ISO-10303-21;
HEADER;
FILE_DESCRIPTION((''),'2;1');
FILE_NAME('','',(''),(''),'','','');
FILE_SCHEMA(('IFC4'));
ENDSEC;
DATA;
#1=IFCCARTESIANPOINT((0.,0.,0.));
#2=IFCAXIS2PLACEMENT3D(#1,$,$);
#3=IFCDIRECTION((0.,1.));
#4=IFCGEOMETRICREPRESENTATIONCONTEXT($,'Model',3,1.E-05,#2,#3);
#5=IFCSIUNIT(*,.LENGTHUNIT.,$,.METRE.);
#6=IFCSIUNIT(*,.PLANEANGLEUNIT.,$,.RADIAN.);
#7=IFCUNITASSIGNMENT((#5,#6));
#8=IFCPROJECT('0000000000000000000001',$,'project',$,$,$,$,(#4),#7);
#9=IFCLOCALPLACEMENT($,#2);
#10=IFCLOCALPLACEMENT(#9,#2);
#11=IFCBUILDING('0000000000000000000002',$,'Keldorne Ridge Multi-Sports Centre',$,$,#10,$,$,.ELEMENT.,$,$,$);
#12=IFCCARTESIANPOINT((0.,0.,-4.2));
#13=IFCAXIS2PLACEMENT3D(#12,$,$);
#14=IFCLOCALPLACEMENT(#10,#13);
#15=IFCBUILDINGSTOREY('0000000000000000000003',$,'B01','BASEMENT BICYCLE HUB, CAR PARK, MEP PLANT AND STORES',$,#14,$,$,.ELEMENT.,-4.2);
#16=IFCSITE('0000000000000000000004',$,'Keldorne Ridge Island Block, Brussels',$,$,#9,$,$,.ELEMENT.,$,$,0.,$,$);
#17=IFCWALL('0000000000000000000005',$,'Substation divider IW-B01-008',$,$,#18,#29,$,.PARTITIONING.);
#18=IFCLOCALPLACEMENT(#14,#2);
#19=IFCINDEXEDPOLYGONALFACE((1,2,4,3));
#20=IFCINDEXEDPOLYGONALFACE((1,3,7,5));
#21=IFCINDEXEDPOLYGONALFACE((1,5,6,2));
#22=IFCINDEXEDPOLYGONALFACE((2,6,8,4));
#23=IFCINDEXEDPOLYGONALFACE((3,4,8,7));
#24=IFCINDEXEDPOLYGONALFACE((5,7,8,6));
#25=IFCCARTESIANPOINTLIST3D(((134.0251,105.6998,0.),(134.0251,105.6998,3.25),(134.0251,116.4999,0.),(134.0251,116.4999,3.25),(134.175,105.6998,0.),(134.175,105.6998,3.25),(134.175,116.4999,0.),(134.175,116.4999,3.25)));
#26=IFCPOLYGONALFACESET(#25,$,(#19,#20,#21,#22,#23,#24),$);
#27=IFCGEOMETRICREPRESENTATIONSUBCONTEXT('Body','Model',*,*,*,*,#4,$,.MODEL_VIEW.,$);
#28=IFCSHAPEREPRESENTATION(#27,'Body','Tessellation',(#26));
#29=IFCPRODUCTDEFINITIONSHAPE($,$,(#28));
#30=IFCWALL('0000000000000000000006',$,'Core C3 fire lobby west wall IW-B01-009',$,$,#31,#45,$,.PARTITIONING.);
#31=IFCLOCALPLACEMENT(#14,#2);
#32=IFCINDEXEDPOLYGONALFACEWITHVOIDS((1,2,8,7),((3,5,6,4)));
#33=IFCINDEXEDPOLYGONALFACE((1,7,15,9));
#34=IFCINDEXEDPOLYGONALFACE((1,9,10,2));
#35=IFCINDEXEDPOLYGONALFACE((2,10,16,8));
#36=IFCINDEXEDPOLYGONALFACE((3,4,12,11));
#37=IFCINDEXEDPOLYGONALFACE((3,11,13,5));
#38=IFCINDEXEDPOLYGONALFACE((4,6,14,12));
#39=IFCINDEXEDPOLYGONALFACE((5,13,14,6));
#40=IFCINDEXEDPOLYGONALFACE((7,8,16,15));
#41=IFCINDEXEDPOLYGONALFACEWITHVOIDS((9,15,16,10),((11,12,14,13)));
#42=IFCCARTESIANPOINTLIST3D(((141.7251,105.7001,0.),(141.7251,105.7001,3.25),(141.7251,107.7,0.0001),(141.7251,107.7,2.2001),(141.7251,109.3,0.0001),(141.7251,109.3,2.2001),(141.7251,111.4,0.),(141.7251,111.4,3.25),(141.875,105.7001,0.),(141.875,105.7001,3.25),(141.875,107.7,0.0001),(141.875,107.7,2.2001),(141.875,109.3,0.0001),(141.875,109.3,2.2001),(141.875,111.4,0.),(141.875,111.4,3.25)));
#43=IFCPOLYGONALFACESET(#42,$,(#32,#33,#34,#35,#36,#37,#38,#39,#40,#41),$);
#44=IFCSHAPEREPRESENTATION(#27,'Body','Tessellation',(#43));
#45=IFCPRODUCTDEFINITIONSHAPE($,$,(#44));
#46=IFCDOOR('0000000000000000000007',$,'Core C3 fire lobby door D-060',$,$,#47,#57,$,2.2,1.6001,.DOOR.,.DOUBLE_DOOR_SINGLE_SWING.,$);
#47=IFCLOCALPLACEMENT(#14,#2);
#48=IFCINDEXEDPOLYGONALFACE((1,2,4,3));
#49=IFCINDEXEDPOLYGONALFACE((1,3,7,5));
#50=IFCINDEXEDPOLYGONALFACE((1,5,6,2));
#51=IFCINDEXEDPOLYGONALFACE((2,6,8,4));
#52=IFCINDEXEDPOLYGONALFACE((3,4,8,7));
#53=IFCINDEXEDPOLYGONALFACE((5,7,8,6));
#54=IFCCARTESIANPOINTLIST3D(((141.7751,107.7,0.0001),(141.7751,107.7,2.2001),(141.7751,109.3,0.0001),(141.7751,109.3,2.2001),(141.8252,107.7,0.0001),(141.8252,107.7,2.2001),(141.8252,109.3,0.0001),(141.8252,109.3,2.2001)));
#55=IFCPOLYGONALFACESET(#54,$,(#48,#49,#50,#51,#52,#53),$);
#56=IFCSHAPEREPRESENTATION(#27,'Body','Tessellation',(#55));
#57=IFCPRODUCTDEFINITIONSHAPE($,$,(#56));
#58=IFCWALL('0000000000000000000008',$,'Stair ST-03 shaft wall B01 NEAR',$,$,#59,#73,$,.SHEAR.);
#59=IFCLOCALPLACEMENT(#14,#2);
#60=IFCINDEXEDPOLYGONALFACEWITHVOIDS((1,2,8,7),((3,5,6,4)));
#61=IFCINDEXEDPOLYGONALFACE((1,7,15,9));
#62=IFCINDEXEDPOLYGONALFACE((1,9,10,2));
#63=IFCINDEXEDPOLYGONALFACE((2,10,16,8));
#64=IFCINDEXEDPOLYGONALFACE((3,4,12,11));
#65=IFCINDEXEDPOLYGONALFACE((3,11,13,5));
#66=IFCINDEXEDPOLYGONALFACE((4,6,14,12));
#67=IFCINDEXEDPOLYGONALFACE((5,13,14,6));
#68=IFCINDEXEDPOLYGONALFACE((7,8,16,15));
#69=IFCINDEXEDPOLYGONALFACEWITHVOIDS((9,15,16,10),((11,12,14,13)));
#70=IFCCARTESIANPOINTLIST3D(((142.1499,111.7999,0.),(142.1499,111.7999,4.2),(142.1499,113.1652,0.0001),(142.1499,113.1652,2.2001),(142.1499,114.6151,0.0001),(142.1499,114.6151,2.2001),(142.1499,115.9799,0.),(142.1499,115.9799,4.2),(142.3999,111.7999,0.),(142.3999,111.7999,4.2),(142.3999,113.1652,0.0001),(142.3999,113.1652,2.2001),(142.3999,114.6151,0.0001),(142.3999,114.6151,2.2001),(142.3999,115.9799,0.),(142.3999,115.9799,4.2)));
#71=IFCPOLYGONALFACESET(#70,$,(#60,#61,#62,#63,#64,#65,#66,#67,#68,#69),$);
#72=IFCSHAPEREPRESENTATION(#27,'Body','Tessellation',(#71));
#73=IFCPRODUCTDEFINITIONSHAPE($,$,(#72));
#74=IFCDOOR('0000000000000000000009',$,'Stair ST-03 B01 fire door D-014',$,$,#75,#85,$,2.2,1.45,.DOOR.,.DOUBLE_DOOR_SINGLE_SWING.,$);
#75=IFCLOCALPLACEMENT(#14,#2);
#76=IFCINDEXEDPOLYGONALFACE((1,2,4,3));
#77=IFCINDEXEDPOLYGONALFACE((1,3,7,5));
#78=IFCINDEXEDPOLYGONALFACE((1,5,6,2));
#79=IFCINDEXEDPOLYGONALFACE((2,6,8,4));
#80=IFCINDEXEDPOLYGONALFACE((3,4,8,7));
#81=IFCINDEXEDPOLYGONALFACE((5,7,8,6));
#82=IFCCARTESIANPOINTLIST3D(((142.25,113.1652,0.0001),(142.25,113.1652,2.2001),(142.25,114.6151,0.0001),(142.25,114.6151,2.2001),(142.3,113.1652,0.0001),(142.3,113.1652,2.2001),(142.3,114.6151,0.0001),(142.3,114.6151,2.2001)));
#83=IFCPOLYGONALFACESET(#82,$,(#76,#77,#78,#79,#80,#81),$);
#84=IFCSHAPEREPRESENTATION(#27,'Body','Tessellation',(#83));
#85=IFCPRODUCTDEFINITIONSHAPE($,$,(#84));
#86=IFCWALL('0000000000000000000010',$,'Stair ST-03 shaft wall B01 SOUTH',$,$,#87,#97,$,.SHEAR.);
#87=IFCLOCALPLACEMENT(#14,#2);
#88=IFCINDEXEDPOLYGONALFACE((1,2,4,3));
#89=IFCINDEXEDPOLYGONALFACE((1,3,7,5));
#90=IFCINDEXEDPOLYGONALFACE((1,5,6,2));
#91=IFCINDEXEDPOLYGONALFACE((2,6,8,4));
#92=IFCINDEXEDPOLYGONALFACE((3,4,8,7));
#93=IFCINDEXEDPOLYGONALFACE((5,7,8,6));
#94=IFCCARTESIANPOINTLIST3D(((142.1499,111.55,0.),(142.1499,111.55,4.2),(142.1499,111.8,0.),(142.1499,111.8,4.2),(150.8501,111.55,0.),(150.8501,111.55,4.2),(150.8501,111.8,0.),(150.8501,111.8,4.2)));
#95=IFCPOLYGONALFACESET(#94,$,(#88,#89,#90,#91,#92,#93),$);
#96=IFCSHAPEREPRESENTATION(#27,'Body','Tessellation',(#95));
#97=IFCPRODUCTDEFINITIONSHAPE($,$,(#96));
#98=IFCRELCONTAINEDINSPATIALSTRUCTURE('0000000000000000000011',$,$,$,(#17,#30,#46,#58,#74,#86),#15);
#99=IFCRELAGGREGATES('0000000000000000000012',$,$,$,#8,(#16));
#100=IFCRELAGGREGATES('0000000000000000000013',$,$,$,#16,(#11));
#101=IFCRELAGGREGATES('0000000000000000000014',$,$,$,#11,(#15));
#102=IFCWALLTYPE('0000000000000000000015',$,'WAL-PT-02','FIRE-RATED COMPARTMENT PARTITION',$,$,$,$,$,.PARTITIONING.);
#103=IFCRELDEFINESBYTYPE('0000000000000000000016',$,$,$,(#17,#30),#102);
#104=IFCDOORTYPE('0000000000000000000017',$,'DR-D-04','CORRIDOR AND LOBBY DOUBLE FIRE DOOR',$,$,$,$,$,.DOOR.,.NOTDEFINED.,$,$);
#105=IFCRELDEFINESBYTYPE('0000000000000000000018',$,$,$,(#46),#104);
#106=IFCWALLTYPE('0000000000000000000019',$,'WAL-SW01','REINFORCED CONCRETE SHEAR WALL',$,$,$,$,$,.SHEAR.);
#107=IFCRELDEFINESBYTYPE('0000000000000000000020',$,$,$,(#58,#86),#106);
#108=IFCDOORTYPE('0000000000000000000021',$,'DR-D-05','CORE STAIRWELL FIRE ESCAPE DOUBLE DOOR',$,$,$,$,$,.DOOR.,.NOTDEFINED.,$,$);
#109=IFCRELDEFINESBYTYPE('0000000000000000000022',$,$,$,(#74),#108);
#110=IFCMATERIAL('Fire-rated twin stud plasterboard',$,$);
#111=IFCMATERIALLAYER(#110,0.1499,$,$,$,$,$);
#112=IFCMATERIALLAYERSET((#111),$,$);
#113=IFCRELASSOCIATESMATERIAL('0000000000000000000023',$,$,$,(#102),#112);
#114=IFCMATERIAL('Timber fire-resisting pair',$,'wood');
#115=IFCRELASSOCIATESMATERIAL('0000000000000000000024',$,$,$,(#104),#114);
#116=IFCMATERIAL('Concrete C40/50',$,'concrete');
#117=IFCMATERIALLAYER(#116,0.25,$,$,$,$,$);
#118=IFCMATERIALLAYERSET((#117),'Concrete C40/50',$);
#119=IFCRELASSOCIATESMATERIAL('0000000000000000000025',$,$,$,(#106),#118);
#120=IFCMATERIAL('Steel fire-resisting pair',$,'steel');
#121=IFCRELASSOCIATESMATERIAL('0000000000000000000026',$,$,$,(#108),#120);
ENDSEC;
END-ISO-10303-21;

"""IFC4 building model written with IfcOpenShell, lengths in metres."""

from ifc_helpers import new_model, si_unit, direction, frame, frame_2d, origin, place, context, subcontext, project, spatial, rectangle, extrude, material, layer, layer_set, type_object, element, fill, save


model = new_model("IFC4")

# Units and contexts
model_context = context("Model", 3, precision=1e-05, world=origin(), true_north=direction((0.0, 1.0)))
body_context = subcontext(model_context, "Body", "Model", "MODEL_VIEW")
ifc_project = project(units=[si_unit("LENGTHUNIT", "METRE"), si_unit("PLANEANGLEUNIT", "RADIAN")], contexts=[model_context])

# Site, building, storey
site_placement = place(None, origin())
site = spatial("IfcSite", under=ifc_project, at=site_placement, Name="Keldorne Ridge Island Block, Brussels", CompositionType="ELEMENT", RefElevation=0.0)
building_placement = place(site_placement, origin())
building = spatial("IfcBuilding", under=site, at=building_placement, Name="Keldorne Ridge Multi-Sports Centre", CompositionType="ELEMENT")
storey_placement = place(building_placement, frame((0.0, 0.0, -4.2)))
storey = spatial("IfcBuildingStorey", under=building, at=storey_placement, Name="B01", Description="BASEMENT BICYCLE HUB, CAR PARK, MEP PLANT AND STORES", CompositionType="ELEMENT", Elevation=-4.2)

# Shared definitions
ifc_material_1 = material(Name="Concrete C40/50", Category="concrete")

# Wall
ifc_material_2 = material(Name="Fire-rated twin stud plasterboard")
ifc_layer_1 = layer(ifc_material_2, 0.1499)
ifc_layer_set_1 = layer_set([ifc_layer_1])
wall_type_1 = type_object("IfcWallType", Name="WAL-PT-02", Description="FIRE-RATED COMPARTMENT PARTITION", PredefinedType="PARTITIONING", material=ifc_layer_set_1)
wall_1_placement = place(storey_placement, frame((134.1001, 105.7, 0.0), z_axis=(0.0, 0.0, 1.0), x_axis=(0.0, 1.0, 0.0)))
element("IfcWall", 1, at=wall_1_placement, inside=storey, type_object=wall_type_1, Name="Substation divider IW-B01-008", PredefinedType="PARTITIONING", context=body_context, shape_type="SweptSolid", body=[
    extrude(rectangle(XDim=10.8, YDim=0.1499, at=frame_2d((5.3999, 0.0))), origin(), (0.0, 0.0, 1.0), 3.25),
])

# Walls, openings, doors
wall_2_placement = place(storey_placement, frame((141.8, 105.7, 0.0), z_axis=(0.0, 0.0, 1.0), x_axis=(0.0, 1.0, 0.0)))
wall_2 = element("IfcWall", 2, at=wall_2_placement, inside=storey, type_object=wall_type_1, Name="Core C3 fire lobby west wall IW-B01-009", PredefinedType="PARTITIONING", context=body_context, shape_type="SweptSolid", body=[
    extrude(rectangle(XDim=5.7, YDim=0.1499, at=frame_2d((2.8501, 0.0))), origin(), (0.0, 0.0, 1.0), 3.25),
])
opening_1_placement = place(wall_2_placement, frame((2.0, 0.0, 0.0)))
opening_1 = element("IfcOpeningElement", 3, at=opening_1_placement, cuts=wall_2, PredefinedType="OPENING", context=body_context, shape_type="SweptSolid", body=[
    extrude(rectangle(XDim=1.6001, YDim=2.2, at=frame_2d((0.8, 1.1001))), frame((0.0, 0.085, 0.0), z_axis=(0.0, -1.0, 0.0), x_axis=(1.0, 0.0, 0.0)), (0.0, 0.0, 1.0), 0.1699),
])
ifc_material_3 = material(Name="Timber fire-resisting pair", Category="wood")
door_type_1 = type_object("IfcDoorType", Name="DR-D-04", Description="CORRIDOR AND LOBBY DOUBLE FIRE DOOR", OperationType="NOTDEFINED", PredefinedType="DOOR", material=ifc_material_3)
door_1_placement = place(opening_1_placement, origin())
door_1 = element("IfcDoor", 4, at=door_1_placement, inside=storey, type_object=door_type_1, Name="Core C3 fire lobby door D-060", OperationType="DOUBLE_DOOR_SINGLE_SWING", OverallHeight=2.2, OverallWidth=1.6001, PredefinedType="DOOR", context=body_context, shape_type="SweptSolid", body=[
    extrude(rectangle(XDim=1.6001, YDim=2.2, at=frame_2d((0.8, 1.1001))), frame((0.0, 0.0249, 0.0), z_axis=(0.0, -1.0, 0.0), x_axis=(1.0, 0.0, 0.0)), (0.0, 0.0, 1.0), 0.05),
])
fill(opening_1, door_1)
ifc_layer_2 = layer(ifc_material_1, 0.25)
ifc_layer_set_2 = layer_set([ifc_layer_2], Name="Concrete C40/50")
wall_type_2 = type_object("IfcWallType", Name="WAL-SW01", Description="REINFORCED CONCRETE SHEAR WALL", PredefinedType="SHEAR", material=ifc_layer_set_2)
wall_3_placement = place(storey_placement, frame((142.2749, 111.8, 0.0), z_axis=(0.0, 0.0, 1.0), x_axis=(0.0, 1.0, 0.0)))
wall_3 = element("IfcWall", 5, at=wall_3_placement, inside=storey, type_object=wall_type_2, Name="Stair ST-03 shaft wall B01 NEAR", PredefinedType="SHEAR", context=body_context, shape_type="SweptSolid", body=[
    extrude(rectangle(XDim=4.1799, YDim=0.25, at=frame_2d((2.0898, 0.0))), origin(), (0.0, 0.0, 1.0), 4.2),
])
opening_2_placement = place(wall_3_placement, frame((1.365, 0.0, 0.0)))
opening_2 = element("IfcOpeningElement", 6, at=opening_2_placement, cuts=wall_3, PredefinedType="OPENING", context=body_context, shape_type="SweptSolid", body=[
    extrude(rectangle(XDim=1.45, YDim=2.2, at=frame_2d((0.7251, 1.1001))), frame((0.0, 0.135, 0.0), z_axis=(0.0, -1.0, 0.0), x_axis=(1.0, 0.0, 0.0)), (0.0, 0.0, 1.0), 0.27),
])
ifc_material_4 = material(Name="Steel fire-resisting pair", Category="steel")
door_type_2 = type_object("IfcDoorType", Name="DR-D-05", Description="CORE STAIRWELL FIRE ESCAPE DOUBLE DOOR", OperationType="NOTDEFINED", PredefinedType="DOOR", material=ifc_material_4)
door_2_placement = place(opening_2_placement, origin())
door_2 = element("IfcDoor", 7, at=door_2_placement, inside=storey, type_object=door_type_2, Name="Stair ST-03 B01 fire door D-014", OperationType="DOUBLE_DOOR_SINGLE_SWING", OverallHeight=2.2, OverallWidth=1.45, PredefinedType="DOOR", context=body_context, shape_type="SweptSolid", body=[
    extrude(rectangle(XDim=1.45, YDim=2.2, at=frame_2d((0.7251, 1.1001))), frame((0.0, 0.0249, 0.0), z_axis=(0.0, -1.0, 0.0), x_axis=(1.0, 0.0, 0.0)), (0.0, 0.0, 1.0), 0.05),
])
fill(opening_2, door_2)

# Wall
wall_4_placement = place(storey_placement, frame((142.1499, 111.675, 0.0), z_axis=(0.0, 0.0, 1.0), x_axis=(1.0, 0.0, 0.0)))
element("IfcWall", 8, at=wall_4_placement, inside=storey, type_object=wall_type_2, Name="Stair ST-03 shaft wall B01 SOUTH", PredefinedType="SHEAR", context=body_context, shape_type="SweptSolid", body=[
    extrude(rectangle(XDim=8.7002, YDim=0.25, at=frame_2d((4.3501, 0.0))), origin(), (0.0, 0.0, 1.0), 4.2),
])

save(model, "model.ifc")
